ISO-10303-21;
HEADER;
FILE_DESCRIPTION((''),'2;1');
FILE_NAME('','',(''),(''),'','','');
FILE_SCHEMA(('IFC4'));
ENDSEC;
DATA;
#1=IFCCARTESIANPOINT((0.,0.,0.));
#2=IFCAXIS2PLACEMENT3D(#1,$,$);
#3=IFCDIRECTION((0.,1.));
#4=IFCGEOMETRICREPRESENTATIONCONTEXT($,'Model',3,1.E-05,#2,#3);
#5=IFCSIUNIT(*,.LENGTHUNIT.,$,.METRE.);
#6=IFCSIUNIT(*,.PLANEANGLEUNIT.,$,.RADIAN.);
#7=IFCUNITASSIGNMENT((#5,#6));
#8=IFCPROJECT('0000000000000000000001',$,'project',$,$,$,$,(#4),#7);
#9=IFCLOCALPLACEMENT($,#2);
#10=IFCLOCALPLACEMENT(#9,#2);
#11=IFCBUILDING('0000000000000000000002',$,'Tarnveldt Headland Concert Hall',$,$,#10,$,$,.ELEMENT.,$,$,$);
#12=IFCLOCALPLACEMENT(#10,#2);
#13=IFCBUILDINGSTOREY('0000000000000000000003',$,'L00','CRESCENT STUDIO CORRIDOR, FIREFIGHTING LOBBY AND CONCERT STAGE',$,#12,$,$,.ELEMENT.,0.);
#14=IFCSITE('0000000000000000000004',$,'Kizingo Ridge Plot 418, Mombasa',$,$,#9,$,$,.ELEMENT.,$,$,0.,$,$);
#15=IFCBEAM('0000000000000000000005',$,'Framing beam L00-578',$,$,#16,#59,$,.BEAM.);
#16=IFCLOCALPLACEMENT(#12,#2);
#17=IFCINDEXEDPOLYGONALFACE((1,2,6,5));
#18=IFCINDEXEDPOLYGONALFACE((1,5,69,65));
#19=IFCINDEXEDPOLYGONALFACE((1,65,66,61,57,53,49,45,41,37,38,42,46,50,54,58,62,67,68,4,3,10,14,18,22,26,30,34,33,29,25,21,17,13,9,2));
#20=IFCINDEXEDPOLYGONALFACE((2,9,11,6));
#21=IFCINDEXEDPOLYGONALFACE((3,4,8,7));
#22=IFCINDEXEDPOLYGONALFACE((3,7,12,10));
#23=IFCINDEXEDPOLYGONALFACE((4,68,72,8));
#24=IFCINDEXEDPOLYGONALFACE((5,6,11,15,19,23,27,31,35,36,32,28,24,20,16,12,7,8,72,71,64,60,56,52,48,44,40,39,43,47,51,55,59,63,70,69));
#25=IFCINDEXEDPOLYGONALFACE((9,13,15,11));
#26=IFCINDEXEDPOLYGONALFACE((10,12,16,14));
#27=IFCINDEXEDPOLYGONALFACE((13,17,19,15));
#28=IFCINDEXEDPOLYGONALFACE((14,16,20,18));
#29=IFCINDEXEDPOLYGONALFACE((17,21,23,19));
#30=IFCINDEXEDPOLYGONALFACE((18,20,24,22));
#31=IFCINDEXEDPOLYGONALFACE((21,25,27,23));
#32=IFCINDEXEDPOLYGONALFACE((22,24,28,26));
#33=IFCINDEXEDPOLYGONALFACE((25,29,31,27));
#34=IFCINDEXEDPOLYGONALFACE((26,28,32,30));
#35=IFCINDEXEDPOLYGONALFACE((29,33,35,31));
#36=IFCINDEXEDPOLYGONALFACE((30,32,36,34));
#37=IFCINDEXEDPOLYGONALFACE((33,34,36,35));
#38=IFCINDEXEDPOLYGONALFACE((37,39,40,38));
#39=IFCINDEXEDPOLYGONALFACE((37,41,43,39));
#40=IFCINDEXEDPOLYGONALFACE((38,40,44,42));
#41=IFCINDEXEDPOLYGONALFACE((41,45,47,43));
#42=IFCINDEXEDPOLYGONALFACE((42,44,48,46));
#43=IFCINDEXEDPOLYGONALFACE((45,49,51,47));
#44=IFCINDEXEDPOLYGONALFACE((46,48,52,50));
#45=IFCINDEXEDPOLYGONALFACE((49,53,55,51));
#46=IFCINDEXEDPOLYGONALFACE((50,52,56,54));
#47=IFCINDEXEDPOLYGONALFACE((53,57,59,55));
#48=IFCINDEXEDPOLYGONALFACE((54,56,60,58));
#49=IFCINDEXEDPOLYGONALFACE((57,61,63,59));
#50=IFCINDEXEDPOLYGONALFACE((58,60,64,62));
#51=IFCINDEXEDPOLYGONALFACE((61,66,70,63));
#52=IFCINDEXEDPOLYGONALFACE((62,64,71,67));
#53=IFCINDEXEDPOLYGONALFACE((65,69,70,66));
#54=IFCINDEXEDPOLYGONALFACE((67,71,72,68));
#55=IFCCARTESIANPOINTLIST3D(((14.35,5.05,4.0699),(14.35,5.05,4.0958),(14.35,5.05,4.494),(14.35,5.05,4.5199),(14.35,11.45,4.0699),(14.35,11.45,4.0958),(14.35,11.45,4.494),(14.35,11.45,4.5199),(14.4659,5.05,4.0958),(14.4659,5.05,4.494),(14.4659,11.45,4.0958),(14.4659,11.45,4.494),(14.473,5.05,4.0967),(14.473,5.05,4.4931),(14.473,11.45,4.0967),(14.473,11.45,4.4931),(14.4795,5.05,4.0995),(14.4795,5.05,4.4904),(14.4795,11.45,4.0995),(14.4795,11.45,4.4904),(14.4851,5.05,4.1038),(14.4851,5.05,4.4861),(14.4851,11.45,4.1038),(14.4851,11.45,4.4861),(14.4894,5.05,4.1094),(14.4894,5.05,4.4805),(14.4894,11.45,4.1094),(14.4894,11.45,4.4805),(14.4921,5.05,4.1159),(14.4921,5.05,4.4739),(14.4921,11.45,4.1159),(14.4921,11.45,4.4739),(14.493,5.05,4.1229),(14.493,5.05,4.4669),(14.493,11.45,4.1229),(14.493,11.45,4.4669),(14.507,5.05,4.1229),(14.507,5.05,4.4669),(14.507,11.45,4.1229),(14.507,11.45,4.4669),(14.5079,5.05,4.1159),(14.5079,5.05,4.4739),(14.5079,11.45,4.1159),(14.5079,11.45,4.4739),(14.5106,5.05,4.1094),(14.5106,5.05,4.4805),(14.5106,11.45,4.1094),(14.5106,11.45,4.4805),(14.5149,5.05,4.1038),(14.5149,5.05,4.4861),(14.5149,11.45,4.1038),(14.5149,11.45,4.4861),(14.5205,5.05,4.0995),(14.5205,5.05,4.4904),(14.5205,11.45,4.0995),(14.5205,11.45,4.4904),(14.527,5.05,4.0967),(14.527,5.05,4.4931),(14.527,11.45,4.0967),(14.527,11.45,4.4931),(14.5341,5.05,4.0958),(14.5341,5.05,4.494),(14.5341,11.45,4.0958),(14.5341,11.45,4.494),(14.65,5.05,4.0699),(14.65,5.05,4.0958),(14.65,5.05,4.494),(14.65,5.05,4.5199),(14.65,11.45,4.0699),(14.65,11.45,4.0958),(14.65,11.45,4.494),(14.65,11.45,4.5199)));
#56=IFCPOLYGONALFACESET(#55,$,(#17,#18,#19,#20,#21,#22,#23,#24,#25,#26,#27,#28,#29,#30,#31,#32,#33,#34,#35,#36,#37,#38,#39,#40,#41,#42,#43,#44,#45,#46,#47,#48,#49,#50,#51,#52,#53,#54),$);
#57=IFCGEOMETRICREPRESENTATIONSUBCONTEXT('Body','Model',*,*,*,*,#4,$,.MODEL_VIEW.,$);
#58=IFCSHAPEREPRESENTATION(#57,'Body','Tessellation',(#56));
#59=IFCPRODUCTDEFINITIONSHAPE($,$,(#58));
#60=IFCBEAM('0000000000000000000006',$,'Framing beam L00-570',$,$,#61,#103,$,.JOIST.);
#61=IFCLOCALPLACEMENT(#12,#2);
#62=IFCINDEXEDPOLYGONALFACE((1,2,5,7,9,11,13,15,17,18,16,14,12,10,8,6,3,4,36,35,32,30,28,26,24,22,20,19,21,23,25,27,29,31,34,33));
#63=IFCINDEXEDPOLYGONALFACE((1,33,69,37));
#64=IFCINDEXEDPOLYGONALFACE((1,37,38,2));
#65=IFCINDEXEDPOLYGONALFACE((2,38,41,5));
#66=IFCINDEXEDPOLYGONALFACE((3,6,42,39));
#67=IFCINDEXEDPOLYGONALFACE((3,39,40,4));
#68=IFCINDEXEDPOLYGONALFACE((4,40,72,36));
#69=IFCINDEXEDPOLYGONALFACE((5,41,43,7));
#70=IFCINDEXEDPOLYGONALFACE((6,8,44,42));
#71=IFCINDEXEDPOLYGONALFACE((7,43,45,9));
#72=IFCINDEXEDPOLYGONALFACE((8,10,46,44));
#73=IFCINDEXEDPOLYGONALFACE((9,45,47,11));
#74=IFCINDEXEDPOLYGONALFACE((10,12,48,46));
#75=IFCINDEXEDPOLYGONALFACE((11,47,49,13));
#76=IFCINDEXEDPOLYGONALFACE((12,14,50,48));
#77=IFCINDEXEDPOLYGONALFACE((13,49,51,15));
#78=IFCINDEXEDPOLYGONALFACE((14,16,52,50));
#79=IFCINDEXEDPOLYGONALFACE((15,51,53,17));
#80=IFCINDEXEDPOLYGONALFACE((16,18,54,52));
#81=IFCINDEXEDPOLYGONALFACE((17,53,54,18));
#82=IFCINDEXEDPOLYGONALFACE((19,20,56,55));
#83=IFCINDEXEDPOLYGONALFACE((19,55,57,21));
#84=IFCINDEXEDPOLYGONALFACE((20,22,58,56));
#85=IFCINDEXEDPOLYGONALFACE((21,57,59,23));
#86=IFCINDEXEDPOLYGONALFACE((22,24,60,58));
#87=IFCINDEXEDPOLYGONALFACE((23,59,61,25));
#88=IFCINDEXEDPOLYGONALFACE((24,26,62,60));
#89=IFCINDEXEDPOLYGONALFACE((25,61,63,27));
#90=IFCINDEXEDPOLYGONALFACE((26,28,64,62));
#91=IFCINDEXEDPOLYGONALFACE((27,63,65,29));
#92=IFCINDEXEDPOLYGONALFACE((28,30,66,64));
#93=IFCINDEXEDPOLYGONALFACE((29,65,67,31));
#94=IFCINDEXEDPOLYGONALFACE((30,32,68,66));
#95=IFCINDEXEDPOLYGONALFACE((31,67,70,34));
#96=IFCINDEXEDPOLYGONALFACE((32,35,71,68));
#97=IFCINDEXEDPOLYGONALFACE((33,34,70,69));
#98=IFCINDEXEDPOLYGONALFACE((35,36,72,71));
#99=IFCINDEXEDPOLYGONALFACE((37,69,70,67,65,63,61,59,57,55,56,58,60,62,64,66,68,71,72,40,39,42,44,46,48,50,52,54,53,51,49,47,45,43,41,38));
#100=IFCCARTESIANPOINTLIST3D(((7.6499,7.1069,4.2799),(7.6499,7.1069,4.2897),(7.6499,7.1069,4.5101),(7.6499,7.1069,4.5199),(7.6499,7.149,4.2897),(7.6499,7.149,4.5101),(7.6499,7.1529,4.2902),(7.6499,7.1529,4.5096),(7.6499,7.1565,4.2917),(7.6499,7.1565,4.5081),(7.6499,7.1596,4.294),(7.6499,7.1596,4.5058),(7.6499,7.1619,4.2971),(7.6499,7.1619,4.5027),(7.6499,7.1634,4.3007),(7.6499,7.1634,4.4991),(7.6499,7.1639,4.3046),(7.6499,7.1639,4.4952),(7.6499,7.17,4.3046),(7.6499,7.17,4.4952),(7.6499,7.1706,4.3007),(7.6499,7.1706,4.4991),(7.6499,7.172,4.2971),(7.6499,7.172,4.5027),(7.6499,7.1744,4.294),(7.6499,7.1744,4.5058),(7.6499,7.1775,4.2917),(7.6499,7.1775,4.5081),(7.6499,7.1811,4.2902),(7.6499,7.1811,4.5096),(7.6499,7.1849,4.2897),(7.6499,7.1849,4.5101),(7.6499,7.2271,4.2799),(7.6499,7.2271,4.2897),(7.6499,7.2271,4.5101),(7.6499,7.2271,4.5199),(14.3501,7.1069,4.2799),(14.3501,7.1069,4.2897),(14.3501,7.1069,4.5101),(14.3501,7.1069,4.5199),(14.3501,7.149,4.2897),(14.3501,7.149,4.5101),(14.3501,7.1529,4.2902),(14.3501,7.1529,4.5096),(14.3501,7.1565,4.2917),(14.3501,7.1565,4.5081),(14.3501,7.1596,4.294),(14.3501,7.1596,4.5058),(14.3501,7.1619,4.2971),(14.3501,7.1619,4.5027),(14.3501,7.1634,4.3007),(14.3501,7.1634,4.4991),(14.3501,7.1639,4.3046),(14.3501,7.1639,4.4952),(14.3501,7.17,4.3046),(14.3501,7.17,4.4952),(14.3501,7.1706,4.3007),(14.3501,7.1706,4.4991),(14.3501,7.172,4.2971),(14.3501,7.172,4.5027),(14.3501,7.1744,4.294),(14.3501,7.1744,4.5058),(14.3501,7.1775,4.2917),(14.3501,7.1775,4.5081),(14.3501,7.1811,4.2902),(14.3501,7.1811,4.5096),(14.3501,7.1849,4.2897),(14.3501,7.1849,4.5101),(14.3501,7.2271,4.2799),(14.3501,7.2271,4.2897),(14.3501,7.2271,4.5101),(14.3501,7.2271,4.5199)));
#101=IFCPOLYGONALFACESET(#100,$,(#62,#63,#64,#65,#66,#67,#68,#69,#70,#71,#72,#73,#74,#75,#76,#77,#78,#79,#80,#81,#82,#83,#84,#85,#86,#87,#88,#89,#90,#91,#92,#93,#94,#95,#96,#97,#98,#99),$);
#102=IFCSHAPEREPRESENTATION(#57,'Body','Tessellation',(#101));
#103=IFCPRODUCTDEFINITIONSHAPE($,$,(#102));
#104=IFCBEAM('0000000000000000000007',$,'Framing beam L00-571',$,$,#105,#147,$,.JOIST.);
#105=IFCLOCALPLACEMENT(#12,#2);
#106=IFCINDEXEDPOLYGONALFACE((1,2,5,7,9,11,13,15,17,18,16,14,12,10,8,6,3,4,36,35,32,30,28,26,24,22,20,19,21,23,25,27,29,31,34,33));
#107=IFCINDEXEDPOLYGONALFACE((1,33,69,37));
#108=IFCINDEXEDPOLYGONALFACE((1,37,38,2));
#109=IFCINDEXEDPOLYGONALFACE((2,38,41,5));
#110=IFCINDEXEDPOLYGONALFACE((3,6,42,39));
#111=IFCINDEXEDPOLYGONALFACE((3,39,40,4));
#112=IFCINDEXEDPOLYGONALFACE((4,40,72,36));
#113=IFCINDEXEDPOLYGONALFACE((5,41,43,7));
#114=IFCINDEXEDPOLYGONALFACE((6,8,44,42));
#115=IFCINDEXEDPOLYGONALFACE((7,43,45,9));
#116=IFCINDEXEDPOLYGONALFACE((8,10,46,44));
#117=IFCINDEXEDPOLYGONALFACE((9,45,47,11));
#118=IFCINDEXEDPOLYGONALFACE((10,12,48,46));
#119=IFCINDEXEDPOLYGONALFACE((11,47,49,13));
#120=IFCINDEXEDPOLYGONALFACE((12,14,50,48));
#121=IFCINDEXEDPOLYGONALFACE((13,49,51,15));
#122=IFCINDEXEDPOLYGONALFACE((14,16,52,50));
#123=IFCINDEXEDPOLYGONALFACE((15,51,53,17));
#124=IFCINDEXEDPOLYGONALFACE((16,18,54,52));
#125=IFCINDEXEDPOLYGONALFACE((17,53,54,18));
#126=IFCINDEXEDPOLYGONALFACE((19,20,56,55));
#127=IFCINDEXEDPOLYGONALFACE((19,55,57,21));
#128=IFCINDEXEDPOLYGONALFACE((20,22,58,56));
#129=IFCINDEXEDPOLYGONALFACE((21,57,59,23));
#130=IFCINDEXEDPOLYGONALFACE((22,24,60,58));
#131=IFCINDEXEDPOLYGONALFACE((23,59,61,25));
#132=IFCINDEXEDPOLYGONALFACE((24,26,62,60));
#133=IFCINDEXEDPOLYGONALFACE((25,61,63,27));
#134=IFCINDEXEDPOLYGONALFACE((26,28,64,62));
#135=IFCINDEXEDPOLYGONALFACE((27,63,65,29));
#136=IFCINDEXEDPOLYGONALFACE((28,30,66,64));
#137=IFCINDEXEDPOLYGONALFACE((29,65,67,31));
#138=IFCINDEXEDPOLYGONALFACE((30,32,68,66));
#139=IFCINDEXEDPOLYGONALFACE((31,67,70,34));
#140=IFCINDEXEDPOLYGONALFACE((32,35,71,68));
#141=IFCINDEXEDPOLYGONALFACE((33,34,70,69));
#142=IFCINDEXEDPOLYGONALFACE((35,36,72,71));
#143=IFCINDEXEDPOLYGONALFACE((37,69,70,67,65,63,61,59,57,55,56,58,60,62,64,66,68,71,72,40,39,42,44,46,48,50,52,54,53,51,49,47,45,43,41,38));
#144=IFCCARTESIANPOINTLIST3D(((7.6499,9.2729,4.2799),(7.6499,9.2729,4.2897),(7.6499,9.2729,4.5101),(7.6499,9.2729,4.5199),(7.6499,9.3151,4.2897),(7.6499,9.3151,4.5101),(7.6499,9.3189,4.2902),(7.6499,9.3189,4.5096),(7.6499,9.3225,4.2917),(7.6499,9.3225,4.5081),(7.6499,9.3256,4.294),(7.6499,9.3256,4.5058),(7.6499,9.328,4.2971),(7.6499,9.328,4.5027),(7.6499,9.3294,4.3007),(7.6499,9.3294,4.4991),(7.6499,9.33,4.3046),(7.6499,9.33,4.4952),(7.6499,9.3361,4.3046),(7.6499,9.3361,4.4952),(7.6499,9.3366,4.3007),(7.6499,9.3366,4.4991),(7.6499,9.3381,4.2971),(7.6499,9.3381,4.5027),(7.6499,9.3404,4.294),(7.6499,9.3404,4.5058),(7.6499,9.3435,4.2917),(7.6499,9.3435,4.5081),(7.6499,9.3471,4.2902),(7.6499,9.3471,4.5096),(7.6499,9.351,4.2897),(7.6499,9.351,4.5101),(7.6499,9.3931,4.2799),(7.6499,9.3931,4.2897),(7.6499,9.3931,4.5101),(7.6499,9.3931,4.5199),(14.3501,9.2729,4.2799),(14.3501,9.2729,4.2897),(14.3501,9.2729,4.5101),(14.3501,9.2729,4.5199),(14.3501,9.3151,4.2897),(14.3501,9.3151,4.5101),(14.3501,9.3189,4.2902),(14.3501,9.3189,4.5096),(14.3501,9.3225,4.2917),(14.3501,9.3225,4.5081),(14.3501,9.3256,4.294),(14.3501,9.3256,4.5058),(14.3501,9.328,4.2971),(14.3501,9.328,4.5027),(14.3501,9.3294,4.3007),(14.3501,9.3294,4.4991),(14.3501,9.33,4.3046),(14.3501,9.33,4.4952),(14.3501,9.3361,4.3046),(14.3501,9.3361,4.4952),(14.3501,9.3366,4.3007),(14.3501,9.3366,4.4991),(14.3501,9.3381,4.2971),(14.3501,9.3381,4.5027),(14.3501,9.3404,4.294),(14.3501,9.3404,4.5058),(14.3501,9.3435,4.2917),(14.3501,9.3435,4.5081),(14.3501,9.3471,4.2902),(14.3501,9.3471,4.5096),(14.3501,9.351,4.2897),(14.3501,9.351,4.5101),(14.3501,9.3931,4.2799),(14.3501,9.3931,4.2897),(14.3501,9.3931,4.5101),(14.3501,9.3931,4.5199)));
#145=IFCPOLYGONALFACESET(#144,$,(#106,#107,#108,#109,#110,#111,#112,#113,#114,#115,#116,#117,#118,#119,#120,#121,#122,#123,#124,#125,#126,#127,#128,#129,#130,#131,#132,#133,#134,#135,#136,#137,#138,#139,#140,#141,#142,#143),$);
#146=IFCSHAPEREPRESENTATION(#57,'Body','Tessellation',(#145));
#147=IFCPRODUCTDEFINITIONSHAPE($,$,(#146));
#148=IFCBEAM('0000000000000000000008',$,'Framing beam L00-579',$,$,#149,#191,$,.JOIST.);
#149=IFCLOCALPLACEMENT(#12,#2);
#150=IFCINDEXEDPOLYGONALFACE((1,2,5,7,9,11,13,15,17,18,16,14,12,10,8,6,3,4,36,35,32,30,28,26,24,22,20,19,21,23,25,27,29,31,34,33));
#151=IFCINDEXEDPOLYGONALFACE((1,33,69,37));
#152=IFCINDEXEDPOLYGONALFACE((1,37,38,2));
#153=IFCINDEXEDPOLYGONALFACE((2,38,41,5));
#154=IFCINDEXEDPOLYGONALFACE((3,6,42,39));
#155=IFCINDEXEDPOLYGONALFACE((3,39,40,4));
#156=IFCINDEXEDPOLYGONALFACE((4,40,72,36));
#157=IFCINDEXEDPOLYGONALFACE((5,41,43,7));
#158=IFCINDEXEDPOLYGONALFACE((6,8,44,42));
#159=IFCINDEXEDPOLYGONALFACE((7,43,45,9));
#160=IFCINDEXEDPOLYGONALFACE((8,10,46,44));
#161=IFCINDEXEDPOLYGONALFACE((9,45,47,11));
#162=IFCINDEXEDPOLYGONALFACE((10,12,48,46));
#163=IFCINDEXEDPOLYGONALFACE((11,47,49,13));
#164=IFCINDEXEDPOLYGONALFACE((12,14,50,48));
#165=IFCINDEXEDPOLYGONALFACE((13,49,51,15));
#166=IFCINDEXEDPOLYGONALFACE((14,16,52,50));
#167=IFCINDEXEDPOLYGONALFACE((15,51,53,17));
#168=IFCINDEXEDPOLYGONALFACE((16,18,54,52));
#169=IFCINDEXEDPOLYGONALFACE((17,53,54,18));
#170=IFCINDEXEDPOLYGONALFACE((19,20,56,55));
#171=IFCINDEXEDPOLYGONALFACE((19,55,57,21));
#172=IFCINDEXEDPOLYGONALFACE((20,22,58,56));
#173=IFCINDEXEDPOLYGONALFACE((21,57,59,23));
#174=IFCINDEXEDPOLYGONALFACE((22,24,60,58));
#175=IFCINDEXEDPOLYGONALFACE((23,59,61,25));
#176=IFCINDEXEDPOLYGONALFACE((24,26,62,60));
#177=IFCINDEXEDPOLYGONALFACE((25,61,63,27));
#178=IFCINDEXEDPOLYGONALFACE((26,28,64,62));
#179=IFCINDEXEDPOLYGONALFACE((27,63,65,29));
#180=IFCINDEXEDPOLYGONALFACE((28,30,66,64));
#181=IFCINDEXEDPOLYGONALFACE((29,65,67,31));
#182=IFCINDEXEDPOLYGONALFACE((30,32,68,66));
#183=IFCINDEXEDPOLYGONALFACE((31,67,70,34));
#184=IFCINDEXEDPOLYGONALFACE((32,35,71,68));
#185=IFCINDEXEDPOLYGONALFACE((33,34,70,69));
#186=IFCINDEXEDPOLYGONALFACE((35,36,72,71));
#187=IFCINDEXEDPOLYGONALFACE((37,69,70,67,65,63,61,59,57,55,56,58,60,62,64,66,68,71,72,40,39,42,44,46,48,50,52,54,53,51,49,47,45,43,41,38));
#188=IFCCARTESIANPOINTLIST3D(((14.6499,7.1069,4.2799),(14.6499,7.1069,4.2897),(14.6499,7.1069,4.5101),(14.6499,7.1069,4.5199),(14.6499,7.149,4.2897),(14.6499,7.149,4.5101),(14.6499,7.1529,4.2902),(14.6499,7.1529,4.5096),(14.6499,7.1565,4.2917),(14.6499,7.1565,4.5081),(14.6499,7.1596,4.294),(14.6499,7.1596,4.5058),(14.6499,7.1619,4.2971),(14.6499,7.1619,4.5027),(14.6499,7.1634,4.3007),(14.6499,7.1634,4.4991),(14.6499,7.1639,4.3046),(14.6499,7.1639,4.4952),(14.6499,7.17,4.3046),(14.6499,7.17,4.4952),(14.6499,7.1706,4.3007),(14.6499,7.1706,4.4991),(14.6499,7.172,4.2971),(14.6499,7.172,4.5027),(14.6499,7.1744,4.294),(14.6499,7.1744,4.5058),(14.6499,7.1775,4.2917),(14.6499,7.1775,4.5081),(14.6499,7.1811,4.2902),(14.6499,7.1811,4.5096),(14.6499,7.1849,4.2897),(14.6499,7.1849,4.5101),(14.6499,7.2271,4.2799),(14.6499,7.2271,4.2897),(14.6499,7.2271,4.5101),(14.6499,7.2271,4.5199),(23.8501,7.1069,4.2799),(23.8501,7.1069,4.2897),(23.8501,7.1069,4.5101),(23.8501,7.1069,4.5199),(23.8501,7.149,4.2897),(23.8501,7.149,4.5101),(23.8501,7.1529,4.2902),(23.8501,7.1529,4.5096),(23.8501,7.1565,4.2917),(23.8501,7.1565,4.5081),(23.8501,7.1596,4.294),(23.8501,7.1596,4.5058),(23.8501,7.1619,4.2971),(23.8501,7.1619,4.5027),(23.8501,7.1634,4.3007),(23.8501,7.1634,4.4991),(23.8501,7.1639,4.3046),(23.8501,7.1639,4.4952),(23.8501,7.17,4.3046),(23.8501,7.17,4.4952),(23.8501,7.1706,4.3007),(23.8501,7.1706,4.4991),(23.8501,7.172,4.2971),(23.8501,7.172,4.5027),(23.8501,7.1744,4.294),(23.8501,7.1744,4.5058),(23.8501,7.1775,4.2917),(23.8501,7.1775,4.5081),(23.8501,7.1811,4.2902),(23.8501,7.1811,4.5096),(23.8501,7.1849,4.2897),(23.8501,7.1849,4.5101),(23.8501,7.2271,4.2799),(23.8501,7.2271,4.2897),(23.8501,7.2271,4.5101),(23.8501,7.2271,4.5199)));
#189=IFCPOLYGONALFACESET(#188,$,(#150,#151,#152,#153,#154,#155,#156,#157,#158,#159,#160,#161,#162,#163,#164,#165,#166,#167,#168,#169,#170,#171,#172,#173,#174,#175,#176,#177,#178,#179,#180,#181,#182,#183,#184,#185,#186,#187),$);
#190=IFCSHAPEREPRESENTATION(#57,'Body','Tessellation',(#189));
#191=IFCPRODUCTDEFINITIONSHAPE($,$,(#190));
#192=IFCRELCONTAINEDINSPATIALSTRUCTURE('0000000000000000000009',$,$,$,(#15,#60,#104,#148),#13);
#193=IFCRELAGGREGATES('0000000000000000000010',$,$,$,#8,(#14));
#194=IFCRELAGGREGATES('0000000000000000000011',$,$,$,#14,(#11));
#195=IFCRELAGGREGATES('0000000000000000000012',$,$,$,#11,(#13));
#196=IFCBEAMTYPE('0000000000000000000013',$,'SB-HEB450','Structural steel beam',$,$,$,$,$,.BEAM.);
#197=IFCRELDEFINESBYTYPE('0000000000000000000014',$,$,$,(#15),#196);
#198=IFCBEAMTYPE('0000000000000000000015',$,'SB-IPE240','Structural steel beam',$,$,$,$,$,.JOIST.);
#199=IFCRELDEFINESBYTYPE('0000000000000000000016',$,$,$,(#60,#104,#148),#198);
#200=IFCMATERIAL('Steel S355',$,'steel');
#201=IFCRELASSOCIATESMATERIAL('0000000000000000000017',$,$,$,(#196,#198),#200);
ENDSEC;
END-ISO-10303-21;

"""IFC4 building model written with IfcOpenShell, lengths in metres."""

from ifc_helpers import new_model, si_unit, direction, frame, origin, origin_2d, place, context, subcontext, project, spatial, i_section, extrude, material, material_profile, profile_set, type_object, element, save


model = new_model("IFC4")

# Units and contexts
model_context = context("Model", 3, precision=1e-05, world=origin(), true_north=direction((0.0, 1.0)))
body_context = subcontext(model_context, "Body", "Model", "MODEL_VIEW")
ifc_project = project(units=[si_unit("LENGTHUNIT", "METRE"), si_unit("PLANEANGLEUNIT", "RADIAN")], contexts=[model_context])

# Site, building, storey
site_placement = place(None, origin())
site = spatial("IfcSite", under=ifc_project, at=site_placement, Name="Kizingo Ridge Plot 418, Mombasa", CompositionType="ELEMENT", RefElevation=0.0)
building_placement = place(site_placement, origin())
building = spatial("IfcBuilding", under=site, at=building_placement, Name="Tarnveldt Headland Concert Hall", CompositionType="ELEMENT")
storey_placement = place(building_placement, origin())
storey = spatial("IfcBuildingStorey", under=building, at=storey_placement, Name="L00", Description="CRESCENT STUDIO CORRIDOR, FIREFIGHTING LOBBY AND CONCERT STAGE", CompositionType="ELEMENT", Elevation=0.0)

# Beams
ifc_material_1 = material(Name="Steel S355", Category="steel")
ifc_material_profile_1 = material_profile(ifc_material_1, i_section(OverallWidth=0.3, OverallDepth=0.45, WebThickness=0.0139, FlangeThickness=0.0259, FilletRadius=0.0271, at=origin_2d()), Name="HEB450", Category="steel")
ifc_profile_set_1 = profile_set([ifc_material_profile_1], Name="Steel S355")
beam_type_1 = type_object("IfcBeamType", Name="SB-HEB450", Description="Structural steel beam", PredefinedType="BEAM", material=ifc_profile_set_1)
for number, where, z_axis, x_axis, name in (
    (1, (14.5, 5.05, 4.2949), (0.0, 1.0, 0.0), (-1.0, 0.0, 0.0), "Framing beam L00-578"),
):
    element("IfcBeam", number, at=place(storey_placement, frame(where, z_axis=z_axis, x_axis=x_axis)), inside=storey, type_object=beam_type_1, Name=name, PredefinedType="BEAM", context=body_context, shape_type="SweptSolid", body=[
        extrude(i_section(OverallWidth=0.3, OverallDepth=0.45, WebThickness=0.0139, FlangeThickness=0.0259, FilletRadius=0.0271, at=origin_2d()), origin(), (0.0, 0.0, 1.0), 6.3999),
    ])
ifc_material_profile_2 = material_profile(ifc_material_1, i_section(OverallWidth=0.1201, OverallDepth=0.24, WebThickness=0.0061, FlangeThickness=0.0098, FilletRadius=0.0149, at=origin_2d()), Name="IPE240", Category="steel")
ifc_profile_set_2 = profile_set([ifc_material_profile_2], Name="Steel S355")
beam_type_2 = type_object("IfcBeamType", Name="SB-IPE240", Description="Structural steel beam", PredefinedType="JOIST", material=ifc_profile_set_2)
for number, where, z_axis, x_axis, name in (
    (2, (7.6499, 7.167, 4.3999), (1.0, 0.0, 0.0), (0.0, 1.0, 0.0), "Framing beam L00-570"),
    (3, (7.6499, 9.333, 4.3999), (1.0, 0.0, 0.0), (0.0, 1.0, 0.0), "Framing beam L00-571"),
):
    element("IfcBeam", number, at=place(storey_placement, frame(where, z_axis=z_axis, x_axis=x_axis)), inside=storey, type_object=beam_type_2, Name=name, PredefinedType="JOIST", context=body_context, shape_type="SweptSolid", body=[
        extrude(i_section(OverallWidth=0.1201, OverallDepth=0.24, WebThickness=0.0061, FlangeThickness=0.0098, FilletRadius=0.0149, at=origin_2d()), origin(), (0.0, 0.0, 1.0), 6.7002),
    ])
for number, where, z_axis, x_axis, name in (
    (4, (14.6499, 7.167, 4.3999), (1.0, 0.0, 0.0), (0.0, 1.0, 0.0), "Framing beam L00-579"),
):
    element("IfcBeam", number, at=place(storey_placement, frame(where, z_axis=z_axis, x_axis=x_axis)), inside=storey, type_object=beam_type_2, Name=name, PredefinedType="JOIST", context=body_context, shape_type="SweptSolid", body=[
        extrude(i_section(OverallWidth=0.1201, OverallDepth=0.24, WebThickness=0.0061, FlangeThickness=0.0098, FilletRadius=0.0149, at=origin_2d()), origin(), (0.0, 0.0, 1.0), 9.2002),
    ])

save(model, "model.ifc")
